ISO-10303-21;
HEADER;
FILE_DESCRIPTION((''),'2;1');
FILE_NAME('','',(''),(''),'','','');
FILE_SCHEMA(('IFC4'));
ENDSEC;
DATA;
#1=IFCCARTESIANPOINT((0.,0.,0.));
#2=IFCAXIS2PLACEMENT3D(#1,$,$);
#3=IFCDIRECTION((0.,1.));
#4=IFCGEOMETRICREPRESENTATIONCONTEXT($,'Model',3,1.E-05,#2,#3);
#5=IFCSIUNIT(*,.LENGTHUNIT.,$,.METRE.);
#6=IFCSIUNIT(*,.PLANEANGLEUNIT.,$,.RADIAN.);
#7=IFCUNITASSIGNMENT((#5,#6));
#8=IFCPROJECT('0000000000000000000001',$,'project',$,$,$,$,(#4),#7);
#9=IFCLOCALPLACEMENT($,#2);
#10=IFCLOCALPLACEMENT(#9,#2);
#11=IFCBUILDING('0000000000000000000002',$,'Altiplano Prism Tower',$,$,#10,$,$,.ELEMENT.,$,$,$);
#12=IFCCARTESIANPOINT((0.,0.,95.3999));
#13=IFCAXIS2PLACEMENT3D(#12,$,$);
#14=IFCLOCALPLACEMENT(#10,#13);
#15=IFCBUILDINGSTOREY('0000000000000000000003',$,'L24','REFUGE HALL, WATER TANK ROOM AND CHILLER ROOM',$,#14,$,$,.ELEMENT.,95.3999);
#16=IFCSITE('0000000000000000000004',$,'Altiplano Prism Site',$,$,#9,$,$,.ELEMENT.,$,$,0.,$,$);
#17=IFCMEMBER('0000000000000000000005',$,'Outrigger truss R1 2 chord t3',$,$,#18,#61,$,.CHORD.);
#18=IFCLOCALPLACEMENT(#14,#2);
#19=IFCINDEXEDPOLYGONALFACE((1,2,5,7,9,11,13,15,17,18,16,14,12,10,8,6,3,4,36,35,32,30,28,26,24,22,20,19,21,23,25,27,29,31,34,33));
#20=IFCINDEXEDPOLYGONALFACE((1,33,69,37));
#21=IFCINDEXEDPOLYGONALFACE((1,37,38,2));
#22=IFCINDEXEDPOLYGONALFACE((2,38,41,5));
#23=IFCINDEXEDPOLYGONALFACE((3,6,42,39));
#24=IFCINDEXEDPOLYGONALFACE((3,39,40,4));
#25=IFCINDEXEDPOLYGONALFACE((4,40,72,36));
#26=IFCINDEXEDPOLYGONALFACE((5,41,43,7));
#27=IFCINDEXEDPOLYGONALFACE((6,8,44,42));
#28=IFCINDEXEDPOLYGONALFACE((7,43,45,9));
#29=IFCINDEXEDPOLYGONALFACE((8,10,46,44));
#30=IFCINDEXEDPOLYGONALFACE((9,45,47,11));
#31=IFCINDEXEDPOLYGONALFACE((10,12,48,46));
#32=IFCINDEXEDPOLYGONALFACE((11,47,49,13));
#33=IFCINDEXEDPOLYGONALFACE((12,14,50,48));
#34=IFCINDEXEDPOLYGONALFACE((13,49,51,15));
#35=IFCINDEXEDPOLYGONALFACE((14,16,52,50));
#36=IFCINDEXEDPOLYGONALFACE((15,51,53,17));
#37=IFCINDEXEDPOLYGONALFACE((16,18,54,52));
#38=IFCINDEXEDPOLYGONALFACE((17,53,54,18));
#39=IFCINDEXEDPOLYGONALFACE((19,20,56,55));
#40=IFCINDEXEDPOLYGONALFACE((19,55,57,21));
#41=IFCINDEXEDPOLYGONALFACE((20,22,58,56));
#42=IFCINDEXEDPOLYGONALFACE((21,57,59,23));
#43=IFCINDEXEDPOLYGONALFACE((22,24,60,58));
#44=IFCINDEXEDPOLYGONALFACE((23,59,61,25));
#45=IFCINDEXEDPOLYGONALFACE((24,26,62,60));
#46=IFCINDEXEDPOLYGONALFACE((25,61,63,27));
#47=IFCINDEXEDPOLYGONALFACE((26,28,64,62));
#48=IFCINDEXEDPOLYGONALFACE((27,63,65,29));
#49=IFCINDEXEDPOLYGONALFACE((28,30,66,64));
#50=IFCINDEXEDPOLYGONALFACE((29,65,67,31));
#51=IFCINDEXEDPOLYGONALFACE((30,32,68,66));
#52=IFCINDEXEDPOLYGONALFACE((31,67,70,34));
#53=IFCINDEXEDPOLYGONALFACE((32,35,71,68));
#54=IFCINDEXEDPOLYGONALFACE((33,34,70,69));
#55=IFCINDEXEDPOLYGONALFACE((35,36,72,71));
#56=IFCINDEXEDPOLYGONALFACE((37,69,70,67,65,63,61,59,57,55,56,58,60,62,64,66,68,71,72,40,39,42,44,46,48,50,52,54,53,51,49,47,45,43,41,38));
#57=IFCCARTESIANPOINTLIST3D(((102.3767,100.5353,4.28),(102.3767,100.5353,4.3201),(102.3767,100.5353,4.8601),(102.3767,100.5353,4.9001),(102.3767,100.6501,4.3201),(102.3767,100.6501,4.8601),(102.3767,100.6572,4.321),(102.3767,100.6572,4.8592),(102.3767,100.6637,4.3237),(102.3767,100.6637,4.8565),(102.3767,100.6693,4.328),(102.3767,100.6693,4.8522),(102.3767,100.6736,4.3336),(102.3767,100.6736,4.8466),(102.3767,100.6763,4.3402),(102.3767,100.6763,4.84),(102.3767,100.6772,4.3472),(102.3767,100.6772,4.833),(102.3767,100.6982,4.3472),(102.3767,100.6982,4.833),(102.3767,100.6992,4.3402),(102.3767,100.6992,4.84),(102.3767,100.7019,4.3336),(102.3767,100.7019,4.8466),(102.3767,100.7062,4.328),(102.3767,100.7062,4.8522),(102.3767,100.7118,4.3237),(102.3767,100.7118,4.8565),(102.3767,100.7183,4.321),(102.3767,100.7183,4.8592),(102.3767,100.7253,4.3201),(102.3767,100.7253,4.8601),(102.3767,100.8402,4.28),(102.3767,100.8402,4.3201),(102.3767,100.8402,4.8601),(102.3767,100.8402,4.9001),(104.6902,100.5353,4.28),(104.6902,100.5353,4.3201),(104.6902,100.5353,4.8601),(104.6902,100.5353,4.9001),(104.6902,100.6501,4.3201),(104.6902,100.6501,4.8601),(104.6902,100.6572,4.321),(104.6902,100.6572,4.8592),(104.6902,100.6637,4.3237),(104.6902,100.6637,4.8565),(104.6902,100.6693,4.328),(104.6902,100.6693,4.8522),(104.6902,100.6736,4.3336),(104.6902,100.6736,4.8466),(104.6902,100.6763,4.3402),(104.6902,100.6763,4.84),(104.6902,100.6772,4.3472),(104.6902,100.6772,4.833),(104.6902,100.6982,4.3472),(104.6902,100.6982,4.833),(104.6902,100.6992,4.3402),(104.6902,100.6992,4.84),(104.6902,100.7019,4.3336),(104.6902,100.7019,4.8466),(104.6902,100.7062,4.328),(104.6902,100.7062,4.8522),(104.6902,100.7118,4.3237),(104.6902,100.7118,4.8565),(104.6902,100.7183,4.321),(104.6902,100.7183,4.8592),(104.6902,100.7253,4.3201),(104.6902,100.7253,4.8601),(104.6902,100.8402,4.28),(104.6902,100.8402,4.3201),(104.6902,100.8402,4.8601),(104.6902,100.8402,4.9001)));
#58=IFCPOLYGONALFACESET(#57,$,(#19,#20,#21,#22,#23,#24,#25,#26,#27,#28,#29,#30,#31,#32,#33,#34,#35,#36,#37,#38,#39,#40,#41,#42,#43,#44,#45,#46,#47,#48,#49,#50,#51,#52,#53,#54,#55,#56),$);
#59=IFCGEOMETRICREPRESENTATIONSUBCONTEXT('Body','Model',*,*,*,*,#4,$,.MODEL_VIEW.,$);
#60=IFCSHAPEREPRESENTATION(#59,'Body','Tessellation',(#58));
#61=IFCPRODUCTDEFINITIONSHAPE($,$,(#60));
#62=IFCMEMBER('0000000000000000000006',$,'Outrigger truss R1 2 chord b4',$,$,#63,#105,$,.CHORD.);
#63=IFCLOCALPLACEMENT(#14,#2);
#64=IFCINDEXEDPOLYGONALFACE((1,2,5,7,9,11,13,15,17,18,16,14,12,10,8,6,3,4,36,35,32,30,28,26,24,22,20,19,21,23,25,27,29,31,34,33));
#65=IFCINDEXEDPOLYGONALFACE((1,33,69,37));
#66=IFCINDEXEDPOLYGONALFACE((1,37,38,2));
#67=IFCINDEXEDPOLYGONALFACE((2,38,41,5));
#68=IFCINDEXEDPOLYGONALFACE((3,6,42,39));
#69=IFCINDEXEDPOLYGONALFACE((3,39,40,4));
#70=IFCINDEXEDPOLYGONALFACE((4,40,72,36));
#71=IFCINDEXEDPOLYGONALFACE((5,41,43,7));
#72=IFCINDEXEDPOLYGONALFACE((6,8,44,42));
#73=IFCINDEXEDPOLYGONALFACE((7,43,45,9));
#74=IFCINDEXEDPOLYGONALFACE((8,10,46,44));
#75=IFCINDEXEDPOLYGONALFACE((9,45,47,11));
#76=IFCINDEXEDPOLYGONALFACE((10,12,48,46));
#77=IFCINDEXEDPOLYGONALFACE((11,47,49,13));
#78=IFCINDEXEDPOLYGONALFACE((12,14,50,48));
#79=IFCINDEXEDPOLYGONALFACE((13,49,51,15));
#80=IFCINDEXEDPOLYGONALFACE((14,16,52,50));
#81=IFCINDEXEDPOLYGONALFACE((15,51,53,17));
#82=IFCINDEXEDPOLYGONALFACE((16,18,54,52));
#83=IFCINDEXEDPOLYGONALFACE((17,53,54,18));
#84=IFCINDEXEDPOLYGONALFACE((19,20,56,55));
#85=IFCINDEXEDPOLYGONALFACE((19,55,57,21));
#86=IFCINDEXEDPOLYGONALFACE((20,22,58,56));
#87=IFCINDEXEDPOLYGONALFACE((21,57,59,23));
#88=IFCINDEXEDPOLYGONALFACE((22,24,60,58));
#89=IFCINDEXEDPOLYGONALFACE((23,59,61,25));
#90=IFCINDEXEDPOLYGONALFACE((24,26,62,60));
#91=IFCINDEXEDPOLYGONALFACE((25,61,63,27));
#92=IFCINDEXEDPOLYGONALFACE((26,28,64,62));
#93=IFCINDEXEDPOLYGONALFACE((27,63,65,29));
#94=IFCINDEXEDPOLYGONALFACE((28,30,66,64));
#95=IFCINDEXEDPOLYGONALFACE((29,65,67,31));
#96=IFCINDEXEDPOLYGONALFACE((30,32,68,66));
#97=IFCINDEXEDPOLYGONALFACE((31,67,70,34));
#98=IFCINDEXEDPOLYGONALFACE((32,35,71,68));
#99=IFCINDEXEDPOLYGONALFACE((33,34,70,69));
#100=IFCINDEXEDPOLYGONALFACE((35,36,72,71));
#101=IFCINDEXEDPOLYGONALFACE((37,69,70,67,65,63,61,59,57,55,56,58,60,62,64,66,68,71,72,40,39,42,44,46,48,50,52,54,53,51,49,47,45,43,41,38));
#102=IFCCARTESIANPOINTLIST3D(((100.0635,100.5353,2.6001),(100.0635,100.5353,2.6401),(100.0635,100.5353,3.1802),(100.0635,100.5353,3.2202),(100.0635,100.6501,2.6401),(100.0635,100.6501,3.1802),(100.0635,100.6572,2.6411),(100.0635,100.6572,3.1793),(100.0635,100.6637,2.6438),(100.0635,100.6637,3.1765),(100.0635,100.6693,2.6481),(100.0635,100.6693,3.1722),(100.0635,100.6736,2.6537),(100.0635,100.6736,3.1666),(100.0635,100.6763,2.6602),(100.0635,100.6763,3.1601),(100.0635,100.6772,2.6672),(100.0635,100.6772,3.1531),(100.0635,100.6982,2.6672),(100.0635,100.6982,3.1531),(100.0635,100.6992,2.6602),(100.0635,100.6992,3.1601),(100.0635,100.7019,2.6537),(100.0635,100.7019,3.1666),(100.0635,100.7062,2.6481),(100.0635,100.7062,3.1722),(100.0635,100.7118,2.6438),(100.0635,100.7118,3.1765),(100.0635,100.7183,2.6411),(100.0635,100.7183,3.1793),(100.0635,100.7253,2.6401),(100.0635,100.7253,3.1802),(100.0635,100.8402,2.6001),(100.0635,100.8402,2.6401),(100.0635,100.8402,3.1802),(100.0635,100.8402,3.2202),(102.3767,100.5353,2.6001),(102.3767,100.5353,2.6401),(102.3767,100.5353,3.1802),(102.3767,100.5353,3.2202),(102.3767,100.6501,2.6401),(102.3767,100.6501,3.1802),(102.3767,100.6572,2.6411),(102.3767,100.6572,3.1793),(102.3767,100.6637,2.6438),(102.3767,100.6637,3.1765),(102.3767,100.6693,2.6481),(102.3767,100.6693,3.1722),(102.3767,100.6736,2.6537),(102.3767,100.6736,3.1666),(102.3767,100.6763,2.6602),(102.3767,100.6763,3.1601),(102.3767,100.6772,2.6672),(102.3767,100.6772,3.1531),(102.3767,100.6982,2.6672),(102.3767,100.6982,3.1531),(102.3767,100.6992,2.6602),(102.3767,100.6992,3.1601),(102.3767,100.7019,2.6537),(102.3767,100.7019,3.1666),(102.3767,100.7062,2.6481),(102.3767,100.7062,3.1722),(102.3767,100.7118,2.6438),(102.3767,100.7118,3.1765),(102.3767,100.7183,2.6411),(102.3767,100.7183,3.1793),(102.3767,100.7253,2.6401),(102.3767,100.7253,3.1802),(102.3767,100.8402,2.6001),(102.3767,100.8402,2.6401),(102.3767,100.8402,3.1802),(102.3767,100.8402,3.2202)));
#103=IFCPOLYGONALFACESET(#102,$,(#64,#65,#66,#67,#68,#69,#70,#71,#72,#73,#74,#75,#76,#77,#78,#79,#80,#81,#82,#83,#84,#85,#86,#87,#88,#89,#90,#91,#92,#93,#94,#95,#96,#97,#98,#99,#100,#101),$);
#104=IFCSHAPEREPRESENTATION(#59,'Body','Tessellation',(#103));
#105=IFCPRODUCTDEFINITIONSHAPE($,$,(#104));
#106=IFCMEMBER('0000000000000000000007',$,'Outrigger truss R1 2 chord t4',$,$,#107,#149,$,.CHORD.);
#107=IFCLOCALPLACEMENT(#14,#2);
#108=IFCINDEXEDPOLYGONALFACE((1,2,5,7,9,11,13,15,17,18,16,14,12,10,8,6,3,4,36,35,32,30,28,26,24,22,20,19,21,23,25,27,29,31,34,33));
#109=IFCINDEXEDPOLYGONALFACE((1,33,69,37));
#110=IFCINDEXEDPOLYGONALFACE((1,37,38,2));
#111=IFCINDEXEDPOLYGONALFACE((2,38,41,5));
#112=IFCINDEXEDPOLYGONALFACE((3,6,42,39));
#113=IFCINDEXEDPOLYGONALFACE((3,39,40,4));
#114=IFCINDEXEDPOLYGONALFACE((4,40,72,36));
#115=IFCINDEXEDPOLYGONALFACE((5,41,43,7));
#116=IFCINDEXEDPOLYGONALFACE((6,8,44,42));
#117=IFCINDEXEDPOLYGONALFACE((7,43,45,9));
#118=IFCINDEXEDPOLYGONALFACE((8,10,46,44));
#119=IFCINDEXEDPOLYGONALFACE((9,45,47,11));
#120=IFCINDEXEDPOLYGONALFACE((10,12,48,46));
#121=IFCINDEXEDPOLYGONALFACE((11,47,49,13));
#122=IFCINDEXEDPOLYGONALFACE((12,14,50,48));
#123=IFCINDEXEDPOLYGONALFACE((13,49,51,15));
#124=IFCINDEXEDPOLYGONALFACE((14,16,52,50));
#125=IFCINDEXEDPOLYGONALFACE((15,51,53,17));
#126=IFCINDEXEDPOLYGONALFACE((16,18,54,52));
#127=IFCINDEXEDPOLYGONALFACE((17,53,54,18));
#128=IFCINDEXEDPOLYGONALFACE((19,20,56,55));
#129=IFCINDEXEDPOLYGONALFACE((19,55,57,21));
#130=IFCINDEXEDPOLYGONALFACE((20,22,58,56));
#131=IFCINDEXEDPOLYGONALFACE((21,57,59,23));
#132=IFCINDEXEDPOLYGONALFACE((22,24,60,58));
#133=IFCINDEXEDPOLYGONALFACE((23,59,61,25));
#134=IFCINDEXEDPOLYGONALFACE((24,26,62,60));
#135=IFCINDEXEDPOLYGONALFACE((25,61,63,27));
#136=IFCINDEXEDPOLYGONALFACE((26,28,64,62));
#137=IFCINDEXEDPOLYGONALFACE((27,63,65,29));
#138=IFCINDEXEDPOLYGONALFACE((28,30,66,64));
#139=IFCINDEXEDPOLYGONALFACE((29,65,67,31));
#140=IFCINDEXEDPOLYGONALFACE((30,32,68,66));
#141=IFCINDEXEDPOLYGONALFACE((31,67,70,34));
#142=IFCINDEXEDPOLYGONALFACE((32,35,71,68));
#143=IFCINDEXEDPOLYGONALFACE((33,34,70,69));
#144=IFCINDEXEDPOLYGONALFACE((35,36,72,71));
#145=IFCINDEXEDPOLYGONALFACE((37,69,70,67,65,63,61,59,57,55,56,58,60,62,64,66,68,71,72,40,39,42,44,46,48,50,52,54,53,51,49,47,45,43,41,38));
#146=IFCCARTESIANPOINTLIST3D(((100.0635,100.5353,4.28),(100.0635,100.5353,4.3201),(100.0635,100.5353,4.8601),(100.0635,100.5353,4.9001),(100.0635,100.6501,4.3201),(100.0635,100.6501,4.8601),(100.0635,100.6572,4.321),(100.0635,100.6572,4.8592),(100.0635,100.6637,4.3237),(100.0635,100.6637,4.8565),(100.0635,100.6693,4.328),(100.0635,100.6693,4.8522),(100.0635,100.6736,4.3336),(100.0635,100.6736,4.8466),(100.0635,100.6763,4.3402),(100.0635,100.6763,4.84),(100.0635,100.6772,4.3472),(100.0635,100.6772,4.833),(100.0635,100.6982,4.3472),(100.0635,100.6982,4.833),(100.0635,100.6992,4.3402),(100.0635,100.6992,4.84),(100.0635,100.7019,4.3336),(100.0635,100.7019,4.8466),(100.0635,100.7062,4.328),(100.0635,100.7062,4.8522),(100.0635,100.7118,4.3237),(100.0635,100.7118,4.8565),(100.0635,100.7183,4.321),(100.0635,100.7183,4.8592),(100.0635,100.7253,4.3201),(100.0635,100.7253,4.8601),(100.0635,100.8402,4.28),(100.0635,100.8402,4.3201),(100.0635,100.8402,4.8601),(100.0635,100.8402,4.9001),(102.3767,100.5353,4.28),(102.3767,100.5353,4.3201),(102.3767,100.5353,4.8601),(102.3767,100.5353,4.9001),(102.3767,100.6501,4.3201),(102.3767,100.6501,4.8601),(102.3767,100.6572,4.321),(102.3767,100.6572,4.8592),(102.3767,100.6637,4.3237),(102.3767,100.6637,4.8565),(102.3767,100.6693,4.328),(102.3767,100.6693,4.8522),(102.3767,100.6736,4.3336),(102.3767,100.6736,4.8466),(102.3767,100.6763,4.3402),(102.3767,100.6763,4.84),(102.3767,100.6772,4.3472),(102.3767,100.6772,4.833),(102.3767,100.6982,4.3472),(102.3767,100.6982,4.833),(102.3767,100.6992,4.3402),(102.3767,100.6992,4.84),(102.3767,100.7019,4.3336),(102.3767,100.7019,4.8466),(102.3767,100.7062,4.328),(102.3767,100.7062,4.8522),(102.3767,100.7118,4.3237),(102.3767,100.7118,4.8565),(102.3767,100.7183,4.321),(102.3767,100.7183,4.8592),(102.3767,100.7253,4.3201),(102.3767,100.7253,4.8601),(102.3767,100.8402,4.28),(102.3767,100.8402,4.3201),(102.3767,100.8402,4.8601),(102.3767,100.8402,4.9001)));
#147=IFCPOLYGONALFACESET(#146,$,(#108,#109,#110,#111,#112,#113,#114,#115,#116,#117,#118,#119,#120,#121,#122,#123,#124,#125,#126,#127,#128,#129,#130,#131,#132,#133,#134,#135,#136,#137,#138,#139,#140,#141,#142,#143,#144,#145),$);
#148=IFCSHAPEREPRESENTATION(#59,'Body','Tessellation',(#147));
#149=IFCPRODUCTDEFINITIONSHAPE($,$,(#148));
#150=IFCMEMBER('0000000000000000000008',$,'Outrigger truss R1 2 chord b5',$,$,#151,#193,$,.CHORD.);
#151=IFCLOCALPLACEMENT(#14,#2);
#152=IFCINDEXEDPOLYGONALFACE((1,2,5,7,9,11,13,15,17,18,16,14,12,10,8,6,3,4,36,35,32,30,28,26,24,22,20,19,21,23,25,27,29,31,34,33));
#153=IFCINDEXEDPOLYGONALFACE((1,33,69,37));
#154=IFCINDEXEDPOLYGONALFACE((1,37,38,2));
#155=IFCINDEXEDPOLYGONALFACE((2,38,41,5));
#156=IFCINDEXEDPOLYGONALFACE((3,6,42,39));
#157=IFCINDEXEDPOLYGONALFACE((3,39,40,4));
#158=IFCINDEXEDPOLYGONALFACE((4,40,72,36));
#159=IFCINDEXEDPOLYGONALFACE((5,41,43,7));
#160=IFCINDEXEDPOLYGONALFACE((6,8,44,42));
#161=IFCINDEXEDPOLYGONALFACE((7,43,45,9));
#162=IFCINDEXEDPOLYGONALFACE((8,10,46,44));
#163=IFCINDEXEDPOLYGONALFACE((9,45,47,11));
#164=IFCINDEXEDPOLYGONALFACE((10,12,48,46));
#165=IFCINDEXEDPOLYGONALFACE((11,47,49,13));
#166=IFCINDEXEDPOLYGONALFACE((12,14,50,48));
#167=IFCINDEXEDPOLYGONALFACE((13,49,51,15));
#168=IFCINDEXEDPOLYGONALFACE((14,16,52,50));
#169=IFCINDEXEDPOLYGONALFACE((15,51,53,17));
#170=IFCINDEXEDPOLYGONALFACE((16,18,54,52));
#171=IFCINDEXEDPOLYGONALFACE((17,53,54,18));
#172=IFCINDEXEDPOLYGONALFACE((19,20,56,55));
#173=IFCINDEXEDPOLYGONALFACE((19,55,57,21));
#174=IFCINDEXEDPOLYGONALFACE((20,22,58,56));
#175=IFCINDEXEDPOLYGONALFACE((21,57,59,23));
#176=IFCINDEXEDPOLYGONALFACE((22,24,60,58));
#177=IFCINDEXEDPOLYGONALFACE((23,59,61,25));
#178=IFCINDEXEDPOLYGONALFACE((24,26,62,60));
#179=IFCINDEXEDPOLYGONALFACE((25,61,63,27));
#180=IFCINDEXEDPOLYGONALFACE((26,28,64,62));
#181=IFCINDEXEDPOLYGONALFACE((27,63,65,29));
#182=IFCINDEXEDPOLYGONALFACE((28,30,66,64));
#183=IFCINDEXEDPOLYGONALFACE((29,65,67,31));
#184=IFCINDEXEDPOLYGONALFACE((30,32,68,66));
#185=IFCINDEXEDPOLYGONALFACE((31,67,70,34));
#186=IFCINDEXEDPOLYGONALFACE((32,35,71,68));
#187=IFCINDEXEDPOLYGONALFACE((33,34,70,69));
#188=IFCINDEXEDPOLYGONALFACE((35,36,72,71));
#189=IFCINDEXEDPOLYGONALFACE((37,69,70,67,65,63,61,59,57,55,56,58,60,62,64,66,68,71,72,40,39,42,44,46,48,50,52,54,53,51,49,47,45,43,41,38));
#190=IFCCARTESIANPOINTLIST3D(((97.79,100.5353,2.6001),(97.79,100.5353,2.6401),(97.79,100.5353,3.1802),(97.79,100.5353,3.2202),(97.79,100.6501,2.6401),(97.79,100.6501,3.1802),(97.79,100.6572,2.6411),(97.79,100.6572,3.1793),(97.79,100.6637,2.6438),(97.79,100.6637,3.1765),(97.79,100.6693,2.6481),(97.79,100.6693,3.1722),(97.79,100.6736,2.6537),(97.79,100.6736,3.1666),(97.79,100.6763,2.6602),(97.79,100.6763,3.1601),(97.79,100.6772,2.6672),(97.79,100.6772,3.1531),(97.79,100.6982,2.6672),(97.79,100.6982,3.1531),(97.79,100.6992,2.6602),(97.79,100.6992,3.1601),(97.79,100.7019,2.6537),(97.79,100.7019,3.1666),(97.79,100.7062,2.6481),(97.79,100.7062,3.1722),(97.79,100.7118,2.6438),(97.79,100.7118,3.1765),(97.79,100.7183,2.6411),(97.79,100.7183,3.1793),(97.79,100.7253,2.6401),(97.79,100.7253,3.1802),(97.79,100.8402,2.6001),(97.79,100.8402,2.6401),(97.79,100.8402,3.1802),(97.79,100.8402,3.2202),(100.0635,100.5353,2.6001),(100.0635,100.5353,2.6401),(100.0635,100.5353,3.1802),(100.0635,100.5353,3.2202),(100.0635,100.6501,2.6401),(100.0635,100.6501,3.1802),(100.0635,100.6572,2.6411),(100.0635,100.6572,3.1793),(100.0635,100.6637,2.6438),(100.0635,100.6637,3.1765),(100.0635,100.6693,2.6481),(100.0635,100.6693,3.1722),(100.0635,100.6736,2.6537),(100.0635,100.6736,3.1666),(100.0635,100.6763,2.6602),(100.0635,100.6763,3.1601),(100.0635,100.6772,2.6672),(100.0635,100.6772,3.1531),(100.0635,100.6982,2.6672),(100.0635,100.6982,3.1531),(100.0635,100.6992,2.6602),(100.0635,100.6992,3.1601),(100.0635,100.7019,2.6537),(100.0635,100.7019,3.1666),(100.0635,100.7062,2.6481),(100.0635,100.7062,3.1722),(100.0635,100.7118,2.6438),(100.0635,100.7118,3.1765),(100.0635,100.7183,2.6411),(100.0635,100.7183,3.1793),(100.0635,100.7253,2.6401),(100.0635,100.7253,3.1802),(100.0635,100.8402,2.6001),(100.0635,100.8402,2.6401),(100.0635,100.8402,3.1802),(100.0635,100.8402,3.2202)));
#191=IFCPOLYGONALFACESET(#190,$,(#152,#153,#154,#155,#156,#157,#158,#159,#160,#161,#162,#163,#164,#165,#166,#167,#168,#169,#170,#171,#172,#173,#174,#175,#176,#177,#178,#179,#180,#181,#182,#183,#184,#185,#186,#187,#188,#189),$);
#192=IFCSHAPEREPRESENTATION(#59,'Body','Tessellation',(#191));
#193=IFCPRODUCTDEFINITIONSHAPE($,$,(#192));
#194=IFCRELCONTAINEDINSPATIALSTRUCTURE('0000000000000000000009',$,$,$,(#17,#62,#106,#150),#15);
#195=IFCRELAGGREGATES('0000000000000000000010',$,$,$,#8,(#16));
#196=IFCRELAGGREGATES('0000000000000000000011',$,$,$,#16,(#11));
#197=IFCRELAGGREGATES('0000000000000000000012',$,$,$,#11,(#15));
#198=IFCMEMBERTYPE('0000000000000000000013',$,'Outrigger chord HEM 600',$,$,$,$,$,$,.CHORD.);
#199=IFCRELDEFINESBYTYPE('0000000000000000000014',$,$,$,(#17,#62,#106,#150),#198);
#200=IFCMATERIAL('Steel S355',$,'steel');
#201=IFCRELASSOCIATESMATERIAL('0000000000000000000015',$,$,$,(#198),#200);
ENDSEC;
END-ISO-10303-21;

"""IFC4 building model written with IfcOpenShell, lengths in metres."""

from ifc_helpers import new_model, si_unit, direction, frame, origin, origin_2d, place, context, subcontext, project, spatial, i_section, extrude, material, material_profile, profile_set, type_object, element, save


model = new_model("IFC4")

# Units and contexts
model_context = context("Model", 3, precision=1e-05, world=origin(), true_north=direction((0.0, 1.0)))
body_context = subcontext(model_context, "Body", "Model", "MODEL_VIEW")
ifc_project = project(units=[si_unit("LENGTHUNIT", "METRE"), si_unit("PLANEANGLEUNIT", "RADIAN")], contexts=[model_context])

# Site, building, storey
site_placement = place(None, origin())
site = spatial("IfcSite", under=ifc_project, at=site_placement, Name="Altiplano Prism Site", CompositionType="ELEMENT", RefElevation=0.0)
building_placement = place(site_placement, origin())
building = spatial("IfcBuilding", under=site, at=building_placement, Name="Altiplano Prism Tower", CompositionType="ELEMENT")
storey_placement = place(building_placement, frame((0.0, 0.0, 95.3999)))
storey = spatial("IfcBuildingStorey", under=building, at=storey_placement, Name="L24", Description="REFUGE HALL, WATER TANK ROOM AND CHILLER ROOM", CompositionType="ELEMENT", Elevation=95.3999)

# Shared definitions
ifc_material_1 = material(Name="Steel S355", Category="steel")

# Members
ifc_material_profile_1 = material_profile(ifc_material_1, i_section(OverallWidth=0.3049, OverallDepth=0.6201, WebThickness=0.021, FlangeThickness=0.04, FilletRadius=0.0271, at=origin_2d()), Name="Outrigger chord HEM 600")
ifc_profile_set_1 = profile_set([ifc_material_profile_1], Name="Steel S355")
member_type_1 = type_object("IfcMemberType", Name="Outrigger chord HEM 600", PredefinedType="CHORD", material=ifc_profile_set_1)
for number, where, z_axis, x_axis, name in (
    (1, (104.6902, 100.6877, 4.5901), (-1.0, 0.0, 0.0), (0.0, -1.0, 0.0), "Outrigger truss R1 2 chord t3"),
):
    element("IfcMember", number, at=place(storey_placement, frame(where, z_axis=z_axis, x_axis=x_axis)), inside=storey, type_object=member_type_1, Name=name, PredefinedType="CHORD", context=body_context, shape_type="SweptSolid", body=[
        extrude(i_section(OverallWidth=0.3049, OverallDepth=0.6201, WebThickness=0.021, FlangeThickness=0.04, FilletRadius=0.0271, at=origin_2d()), origin(), (0.0, 0.0, 1.0), 2.3135),
    ])
for number, where, z_axis, x_axis, name in (
    (2, (102.3767, 100.6877, 2.9102), (-1.0, 0.0, 0.0), (0.0, -1.0, 0.0), "Outrigger truss R1 2 chord b4"),
    (3, (102.3767, 100.6877, 4.5901), (-1.0, 0.0, 0.0), (0.0, -1.0, 0.0), "Outrigger truss R1 2 chord t4"),
):
    element("IfcMember", number, at=place(storey_placement, frame(where, z_axis=z_axis, x_axis=x_axis)), inside=storey, type_object=member_type_1, Name=name, PredefinedType="CHORD", context=body_context, shape_type="SweptSolid", body=[
        extrude(i_section(OverallWidth=0.3049, OverallDepth=0.6201, WebThickness=0.021, FlangeThickness=0.04, FilletRadius=0.0271, at=origin_2d()), origin(), (0.0, 0.0, 1.0), 2.3132),
    ])
for number, where, z_axis, x_axis, name in (
    (4, (100.0635, 100.6877, 2.9102), (-1.0, 0.0, 0.0), (0.0, -1.0, 0.0), "Outrigger truss R1 2 chord b5"),
):
    element("IfcMember", number, at=place(storey_placement, frame(where, z_axis=z_axis, x_axis=x_axis)), inside=storey, type_object=member_type_1, Name=name, PredefinedType="CHORD", context=body_context, shape_type="SweptSolid", body=[
        extrude(i_section(OverallWidth=0.3049, OverallDepth=0.6201, WebThickness=0.021, FlangeThickness=0.04, FilletRadius=0.0271, at=origin_2d()), origin(), (0.0, 0.0, 1.0), 2.2734),
    ])

save(model, "model.ifc")
